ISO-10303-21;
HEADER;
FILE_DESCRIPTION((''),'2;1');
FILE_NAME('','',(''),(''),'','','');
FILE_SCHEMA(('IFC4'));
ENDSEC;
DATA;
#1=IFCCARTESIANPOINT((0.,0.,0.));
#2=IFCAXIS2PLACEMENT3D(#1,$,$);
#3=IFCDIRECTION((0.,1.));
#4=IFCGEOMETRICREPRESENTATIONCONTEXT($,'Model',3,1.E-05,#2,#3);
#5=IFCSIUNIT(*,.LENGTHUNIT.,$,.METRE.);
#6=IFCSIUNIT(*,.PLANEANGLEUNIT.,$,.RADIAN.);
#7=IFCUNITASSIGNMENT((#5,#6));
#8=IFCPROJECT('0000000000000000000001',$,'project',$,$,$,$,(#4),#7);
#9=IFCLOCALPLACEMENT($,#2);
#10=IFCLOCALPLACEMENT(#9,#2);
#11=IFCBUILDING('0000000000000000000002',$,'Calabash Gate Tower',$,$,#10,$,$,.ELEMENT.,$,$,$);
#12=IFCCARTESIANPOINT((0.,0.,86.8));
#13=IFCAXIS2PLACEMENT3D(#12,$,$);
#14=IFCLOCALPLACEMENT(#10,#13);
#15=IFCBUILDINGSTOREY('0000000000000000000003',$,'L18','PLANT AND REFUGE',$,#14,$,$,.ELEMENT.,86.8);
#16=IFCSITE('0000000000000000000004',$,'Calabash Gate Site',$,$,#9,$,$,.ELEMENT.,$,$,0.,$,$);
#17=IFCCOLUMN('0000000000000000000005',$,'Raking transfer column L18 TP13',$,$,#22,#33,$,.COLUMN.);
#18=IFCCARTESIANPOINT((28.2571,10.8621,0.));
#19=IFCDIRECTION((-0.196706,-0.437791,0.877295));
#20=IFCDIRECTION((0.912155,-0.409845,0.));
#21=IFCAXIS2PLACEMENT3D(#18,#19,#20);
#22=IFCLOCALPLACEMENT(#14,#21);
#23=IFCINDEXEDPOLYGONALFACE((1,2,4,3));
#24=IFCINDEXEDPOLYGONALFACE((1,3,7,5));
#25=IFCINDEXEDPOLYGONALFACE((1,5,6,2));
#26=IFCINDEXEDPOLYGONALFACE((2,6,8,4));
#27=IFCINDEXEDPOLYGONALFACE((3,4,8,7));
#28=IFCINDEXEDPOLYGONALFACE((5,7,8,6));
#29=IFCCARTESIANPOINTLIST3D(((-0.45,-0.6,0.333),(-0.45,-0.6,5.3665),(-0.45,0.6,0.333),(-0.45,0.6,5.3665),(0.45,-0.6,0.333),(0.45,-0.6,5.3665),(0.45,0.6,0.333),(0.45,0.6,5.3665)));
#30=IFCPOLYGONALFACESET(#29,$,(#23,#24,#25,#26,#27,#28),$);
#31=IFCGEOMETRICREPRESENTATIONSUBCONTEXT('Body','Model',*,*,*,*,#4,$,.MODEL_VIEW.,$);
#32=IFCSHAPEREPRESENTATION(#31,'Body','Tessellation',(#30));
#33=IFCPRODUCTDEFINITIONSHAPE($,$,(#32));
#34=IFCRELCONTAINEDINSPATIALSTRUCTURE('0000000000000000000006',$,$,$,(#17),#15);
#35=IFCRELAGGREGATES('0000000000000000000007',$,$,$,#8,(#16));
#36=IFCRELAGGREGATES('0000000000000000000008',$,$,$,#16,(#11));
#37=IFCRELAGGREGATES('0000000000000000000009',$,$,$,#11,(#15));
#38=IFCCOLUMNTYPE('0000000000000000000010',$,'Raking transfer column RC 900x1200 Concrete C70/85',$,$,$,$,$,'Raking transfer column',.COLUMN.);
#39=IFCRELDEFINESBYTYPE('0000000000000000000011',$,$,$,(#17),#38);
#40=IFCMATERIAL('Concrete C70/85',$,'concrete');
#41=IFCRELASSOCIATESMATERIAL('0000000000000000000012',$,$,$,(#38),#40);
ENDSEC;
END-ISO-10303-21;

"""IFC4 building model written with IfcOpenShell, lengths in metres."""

from ifc_helpers import new_model, si_unit, direction, frame, origin, origin_2d, place, context, subcontext, project, spatial, rectangle, extrude, clip, halfspace, material, material_profile, profile_set, type_object, element, save


model = new_model("IFC4")

# Units and contexts
model_context = context("Model", 3, precision=1e-05, world=origin(), true_north=direction((0.0, 1.0)))
body_context = subcontext(model_context, "Body", "Model", "MODEL_VIEW")
ifc_project = project(units=[si_unit("LENGTHUNIT", "METRE"), si_unit("PLANEANGLEUNIT", "RADIAN")], contexts=[model_context])

# Site, building, storey
site_placement = place(None, origin())
site = spatial("IfcSite", under=ifc_project, at=site_placement, Name="Calabash Gate Site", CompositionType="ELEMENT", RefElevation=0.0)
building_placement = place(site_placement, origin())
building = spatial("IfcBuilding", under=site, at=building_placement, Name="Calabash Gate Tower", CompositionType="ELEMENT")
storey_placement = place(building_placement, frame((0.0, 0.0, 86.8)))
storey = spatial("IfcBuildingStorey", under=building, at=storey_placement, Name="L18", Description="PLANT AND REFUGE", CompositionType="ELEMENT", Elevation=86.8)

# Column
ifc_material_1 = material(Name="Concrete C70/85", Category="concrete")
ifc_material_profile_1 = material_profile(ifc_material_1, rectangle(XDim=0.8999, YDim=1.2, at=origin_2d()))
ifc_profile_set_1 = profile_set([ifc_material_profile_1], Name="Concrete C70/85")
column_type_1 = type_object("IfcColumnType", Name="Raking transfer column RC 900x1200 Concrete C70/85", ElementType="Raking transfer column", PredefinedType="COLUMN", material=ifc_profile_set_1)
column_1_placement = place(storey_placement, frame((28.2571, 10.8621, 0.0), z_axis=(-0.196706, -0.437791, 0.877295), x_axis=(0.912155, -0.409845, 0.0)))
element("IfcColumn", 1, at=column_1_placement, inside=storey, type_object=column_type_1, Name="Raking transfer column L18 TP13", PredefinedType="COLUMN", context=body_context, shape_type="Clipping", body=[
    clip(clip(extrude(rectangle(XDim=0.8999, YDim=1.2, at=origin_2d()), origin(), (0.0, 0.0, 1.0), 5.6992), halfspace(frame((0.0, 0.0, 0.333), z_axis=(0.0, 0.0, 1.0), x_axis=(1.0, 0.0, 0.0)), True)), halfspace(frame((0.0, 0.0, 5.3665), z_axis=(0.0, 0.0, 1.0), x_axis=(1.0, 0.0, 0.0)), False)),
])

save(model, "model.ifc")
